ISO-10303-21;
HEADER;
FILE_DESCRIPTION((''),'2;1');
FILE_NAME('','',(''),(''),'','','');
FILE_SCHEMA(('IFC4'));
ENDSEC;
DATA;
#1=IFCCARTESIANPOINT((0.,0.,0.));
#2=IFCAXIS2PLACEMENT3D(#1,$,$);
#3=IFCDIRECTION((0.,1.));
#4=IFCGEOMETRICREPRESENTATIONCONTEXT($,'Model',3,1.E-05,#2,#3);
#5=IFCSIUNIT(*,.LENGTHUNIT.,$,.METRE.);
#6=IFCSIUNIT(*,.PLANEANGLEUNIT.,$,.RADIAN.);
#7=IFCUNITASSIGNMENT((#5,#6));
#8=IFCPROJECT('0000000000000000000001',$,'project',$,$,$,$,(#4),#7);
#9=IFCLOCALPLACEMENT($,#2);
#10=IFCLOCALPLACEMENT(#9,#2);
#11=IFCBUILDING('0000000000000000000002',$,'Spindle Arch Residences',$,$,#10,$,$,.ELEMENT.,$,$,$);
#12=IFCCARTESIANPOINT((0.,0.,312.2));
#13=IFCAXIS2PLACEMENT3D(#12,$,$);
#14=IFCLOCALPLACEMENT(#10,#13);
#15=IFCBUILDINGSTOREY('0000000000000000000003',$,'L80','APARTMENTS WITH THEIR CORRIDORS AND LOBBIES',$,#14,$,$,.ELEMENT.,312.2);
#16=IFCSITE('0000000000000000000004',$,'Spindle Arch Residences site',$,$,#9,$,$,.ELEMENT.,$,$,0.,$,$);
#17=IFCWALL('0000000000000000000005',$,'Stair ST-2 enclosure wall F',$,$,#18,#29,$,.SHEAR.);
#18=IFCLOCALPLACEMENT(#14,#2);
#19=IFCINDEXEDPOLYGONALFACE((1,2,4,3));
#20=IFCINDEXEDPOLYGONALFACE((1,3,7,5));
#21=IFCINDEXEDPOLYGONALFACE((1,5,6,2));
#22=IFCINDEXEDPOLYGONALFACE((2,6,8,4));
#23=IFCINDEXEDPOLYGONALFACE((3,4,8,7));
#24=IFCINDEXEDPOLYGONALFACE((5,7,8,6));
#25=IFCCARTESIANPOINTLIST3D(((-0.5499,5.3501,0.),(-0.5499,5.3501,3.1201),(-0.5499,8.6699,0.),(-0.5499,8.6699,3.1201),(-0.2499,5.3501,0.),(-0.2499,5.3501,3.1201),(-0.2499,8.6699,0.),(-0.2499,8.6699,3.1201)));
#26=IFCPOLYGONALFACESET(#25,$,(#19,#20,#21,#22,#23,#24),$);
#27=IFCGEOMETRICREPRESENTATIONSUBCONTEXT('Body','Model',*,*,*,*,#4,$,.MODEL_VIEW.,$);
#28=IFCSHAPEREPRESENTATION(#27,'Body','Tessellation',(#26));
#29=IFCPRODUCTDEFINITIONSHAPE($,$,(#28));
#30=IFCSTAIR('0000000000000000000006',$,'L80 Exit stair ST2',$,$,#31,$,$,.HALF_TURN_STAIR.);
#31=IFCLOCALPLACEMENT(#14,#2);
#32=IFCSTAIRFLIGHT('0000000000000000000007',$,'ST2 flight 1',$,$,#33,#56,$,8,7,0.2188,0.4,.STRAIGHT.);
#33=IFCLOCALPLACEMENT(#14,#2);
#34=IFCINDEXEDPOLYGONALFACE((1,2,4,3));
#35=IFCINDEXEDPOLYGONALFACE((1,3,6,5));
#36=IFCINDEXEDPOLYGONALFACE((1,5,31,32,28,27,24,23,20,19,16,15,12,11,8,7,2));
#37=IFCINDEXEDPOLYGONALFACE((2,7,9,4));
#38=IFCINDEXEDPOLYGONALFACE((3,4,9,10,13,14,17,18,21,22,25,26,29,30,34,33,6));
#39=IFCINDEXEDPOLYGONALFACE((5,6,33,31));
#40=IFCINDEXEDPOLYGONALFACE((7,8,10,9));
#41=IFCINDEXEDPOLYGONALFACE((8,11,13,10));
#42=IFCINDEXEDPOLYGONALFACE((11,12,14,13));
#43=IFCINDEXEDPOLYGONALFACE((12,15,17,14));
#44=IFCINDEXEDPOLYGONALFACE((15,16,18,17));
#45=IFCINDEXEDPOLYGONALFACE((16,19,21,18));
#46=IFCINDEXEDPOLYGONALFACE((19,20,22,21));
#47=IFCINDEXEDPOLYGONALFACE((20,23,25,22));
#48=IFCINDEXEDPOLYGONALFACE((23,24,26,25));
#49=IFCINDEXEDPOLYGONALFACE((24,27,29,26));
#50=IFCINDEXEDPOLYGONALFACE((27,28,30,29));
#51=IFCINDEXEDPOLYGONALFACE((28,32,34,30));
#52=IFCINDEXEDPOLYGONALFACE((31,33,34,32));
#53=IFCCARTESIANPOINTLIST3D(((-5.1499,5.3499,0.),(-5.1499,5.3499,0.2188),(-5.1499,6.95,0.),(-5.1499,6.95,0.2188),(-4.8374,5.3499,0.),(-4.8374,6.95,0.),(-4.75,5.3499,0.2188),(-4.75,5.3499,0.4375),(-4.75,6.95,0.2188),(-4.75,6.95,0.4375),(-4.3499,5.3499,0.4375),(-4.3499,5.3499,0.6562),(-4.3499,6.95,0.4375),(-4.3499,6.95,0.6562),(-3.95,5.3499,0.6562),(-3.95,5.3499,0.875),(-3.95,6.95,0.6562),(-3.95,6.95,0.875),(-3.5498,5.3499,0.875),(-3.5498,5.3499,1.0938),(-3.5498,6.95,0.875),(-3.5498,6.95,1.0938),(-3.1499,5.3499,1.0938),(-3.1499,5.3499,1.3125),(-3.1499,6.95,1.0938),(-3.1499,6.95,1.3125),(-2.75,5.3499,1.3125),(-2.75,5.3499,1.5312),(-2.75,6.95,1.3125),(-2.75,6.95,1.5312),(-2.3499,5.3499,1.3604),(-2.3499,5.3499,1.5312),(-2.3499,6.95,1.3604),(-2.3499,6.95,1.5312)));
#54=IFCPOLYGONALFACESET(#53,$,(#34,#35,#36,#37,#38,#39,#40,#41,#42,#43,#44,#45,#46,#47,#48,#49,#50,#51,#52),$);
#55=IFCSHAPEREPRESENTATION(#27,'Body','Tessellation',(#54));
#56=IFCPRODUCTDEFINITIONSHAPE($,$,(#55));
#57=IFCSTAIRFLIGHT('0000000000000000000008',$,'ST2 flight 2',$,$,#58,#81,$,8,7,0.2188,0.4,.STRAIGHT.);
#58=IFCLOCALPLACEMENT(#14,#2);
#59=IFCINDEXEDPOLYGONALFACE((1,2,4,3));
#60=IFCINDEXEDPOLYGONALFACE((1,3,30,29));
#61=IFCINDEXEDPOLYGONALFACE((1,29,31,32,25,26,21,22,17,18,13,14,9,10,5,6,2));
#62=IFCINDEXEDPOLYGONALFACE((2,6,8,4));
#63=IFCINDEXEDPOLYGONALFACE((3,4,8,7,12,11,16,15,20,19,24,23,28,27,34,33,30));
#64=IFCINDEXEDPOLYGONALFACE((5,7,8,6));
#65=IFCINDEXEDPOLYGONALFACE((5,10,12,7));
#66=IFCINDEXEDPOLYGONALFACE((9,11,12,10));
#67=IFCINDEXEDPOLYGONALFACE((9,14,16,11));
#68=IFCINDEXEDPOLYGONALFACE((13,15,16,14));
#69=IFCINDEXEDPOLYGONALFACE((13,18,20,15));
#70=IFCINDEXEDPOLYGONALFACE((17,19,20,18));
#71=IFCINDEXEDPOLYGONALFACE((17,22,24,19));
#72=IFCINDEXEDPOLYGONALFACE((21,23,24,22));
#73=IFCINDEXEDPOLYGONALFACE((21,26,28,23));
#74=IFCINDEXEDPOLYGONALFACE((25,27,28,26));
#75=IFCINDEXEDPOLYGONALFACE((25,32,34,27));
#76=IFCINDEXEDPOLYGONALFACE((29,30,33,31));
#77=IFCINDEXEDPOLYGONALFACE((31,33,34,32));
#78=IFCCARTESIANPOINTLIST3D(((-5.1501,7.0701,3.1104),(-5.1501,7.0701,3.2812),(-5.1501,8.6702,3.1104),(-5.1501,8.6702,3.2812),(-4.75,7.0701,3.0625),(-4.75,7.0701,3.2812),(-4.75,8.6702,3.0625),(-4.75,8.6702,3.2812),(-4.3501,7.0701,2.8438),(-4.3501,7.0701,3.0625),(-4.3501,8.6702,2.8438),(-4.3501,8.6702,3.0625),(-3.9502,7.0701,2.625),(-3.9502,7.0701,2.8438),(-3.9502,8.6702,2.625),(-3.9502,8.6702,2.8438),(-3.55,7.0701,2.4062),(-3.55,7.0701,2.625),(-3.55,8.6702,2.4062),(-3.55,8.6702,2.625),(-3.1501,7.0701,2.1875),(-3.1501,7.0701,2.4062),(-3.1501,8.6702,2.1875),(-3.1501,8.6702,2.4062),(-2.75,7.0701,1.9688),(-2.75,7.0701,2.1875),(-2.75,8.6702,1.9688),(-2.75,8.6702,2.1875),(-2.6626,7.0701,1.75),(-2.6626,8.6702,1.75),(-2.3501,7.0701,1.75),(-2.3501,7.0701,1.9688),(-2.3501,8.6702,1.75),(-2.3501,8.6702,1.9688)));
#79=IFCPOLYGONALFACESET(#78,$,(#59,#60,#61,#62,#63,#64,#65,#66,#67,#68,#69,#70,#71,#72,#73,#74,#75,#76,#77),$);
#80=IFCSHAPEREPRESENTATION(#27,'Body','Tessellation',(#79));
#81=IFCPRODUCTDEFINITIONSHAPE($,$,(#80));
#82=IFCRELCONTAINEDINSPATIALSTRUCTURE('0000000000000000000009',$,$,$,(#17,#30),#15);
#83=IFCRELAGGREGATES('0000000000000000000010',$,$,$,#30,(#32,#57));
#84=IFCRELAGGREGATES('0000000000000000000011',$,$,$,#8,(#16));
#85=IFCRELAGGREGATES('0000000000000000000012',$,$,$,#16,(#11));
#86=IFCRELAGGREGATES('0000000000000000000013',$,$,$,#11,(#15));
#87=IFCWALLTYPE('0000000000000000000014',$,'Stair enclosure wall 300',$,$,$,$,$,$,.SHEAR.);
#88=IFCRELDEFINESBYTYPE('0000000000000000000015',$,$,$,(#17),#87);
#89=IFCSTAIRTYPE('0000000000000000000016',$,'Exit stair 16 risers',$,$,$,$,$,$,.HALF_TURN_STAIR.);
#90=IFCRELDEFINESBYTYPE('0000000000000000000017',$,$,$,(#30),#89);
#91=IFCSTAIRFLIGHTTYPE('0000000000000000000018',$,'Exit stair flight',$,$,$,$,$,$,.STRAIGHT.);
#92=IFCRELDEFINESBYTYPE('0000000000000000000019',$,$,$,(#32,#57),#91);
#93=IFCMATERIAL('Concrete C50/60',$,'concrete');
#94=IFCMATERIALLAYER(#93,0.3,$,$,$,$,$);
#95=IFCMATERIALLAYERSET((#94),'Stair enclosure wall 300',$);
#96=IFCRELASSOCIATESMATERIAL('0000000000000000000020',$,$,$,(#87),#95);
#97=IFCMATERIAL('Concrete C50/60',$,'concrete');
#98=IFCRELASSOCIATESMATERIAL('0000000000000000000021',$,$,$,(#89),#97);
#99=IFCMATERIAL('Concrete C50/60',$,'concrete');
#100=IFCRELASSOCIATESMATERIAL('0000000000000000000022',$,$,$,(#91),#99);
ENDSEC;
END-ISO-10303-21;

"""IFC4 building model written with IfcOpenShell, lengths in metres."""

from ifc_helpers import new_model, si_unit, direction, frame, frame_2d, origin, place, context, subcontext, project, spatial, polyline, rectangle, outline, extrude, material, layer, layer_set, type_object, element, aggregate, save


model = new_model("IFC4")

# Units and contexts
model_context = context("Model", 3, precision=1e-05, world=origin(), true_north=direction((0.0, 1.0)))
body_context = subcontext(model_context, "Body", "Model", "MODEL_VIEW")
ifc_project = project(units=[si_unit("LENGTHUNIT", "METRE"), si_unit("PLANEANGLEUNIT", "RADIAN")], contexts=[model_context])

# Site, building, storey
site_placement = place(None, origin())
site = spatial("IfcSite", under=ifc_project, at=site_placement, Name="Spindle Arch Residences site", CompositionType="ELEMENT", RefElevation=0.0)
building_placement = place(site_placement, origin())
building = spatial("IfcBuilding", under=site, at=building_placement, Name="Spindle Arch Residences", CompositionType="ELEMENT")
storey_placement = place(building_placement, frame((0.0, 0.0, 312.2)))
storey = spatial("IfcBuildingStorey", under=building, at=storey_placement, Name="L80", Description="APARTMENTS WITH THEIR CORRIDORS AND LOBBIES", CompositionType="ELEMENT", Elevation=312.2)

# Wall
ifc_material_1 = material(Name="Concrete C50/60", Category="concrete")
ifc_layer_1 = layer(ifc_material_1, 0.3)
ifc_layer_set_1 = layer_set([ifc_layer_1], Name="Stair enclosure wall 300")
wall_type_1 = type_object("IfcWallType", Name="Stair enclosure wall 300", PredefinedType="SHEAR", material=ifc_layer_set_1)
wall_1_placement = place(storey_placement, frame((-0.3999, 5.3501, 0.0), z_axis=(0.0, 0.0, 1.0), x_axis=(0.0, 1.0, 0.0)))
element("IfcWall", 1, at=wall_1_placement, inside=storey, type_object=wall_type_1, Name="Stair ST-2 enclosure wall F", PredefinedType="SHEAR", context=body_context, shape_type="SweptSolid", body=[
    extrude(rectangle(XDim=3.3198, YDim=0.3, at=frame_2d((1.6599, 0.0))), origin(), (0.0, 0.0, 1.0), 3.1201),
])

# Stair, stair flights
ifc_material_2 = material(Name="Concrete C50/60", Category="concrete")
stair_type = type_object("IfcStairType", Name="Exit stair 16 risers", PredefinedType="HALF_TURN_STAIR", material=ifc_material_2)
stair_placement = place(storey_placement, origin())
stair = element("IfcStair", 2, at=stair_placement, inside=storey, type_object=stair_type, Name="L80 Exit stair ST2", PredefinedType="HALF_TURN_STAIR")
ifc_material_3 = material(Name="Concrete C50/60", Category="concrete")
stair_flight_type = type_object("IfcStairFlightType", Name="Exit stair flight", PredefinedType="STRAIGHT", material=ifc_material_3)
stair_flight_1_placement = place(storey_placement, frame((-5.1499, 6.1499, 0.0), z_axis=(0.0, 0.0, 1.0), x_axis=(1.0, 0.0, 0.0)))
stair_flight_1 = element("IfcStairFlight", 3, at=stair_flight_1_placement, type_object=stair_flight_type, Name="ST2 flight 1", NumberOfRisers=8, NumberOfTreads=7, PredefinedType="STRAIGHT", RiserHeight=0.2188, TreadLength=0.4, context=body_context, shape_type="SweptSolid", body=[
    extrude(outline(polyline([(0.0, 0.0), (0.0, 0.2188), (0.3999, 0.2188), (0.3999, 0.4375), (0.8, 0.4375), (0.8, 0.6562), (1.2, 0.6562), (1.2, 0.875), (1.6001, 0.875), (1.6001, 1.0938), (2.0, 1.0938), (2.0, 1.3125), (2.3999, 1.3125), (2.3999, 1.5312), (2.8, 1.5312), (2.8, 1.75), (2.8, 1.3604), (0.3125, 0.0), (0.0, 0.0)])), frame((0.0, 0.8, 0.0), z_axis=(0.0, -1.0, 0.0), x_axis=(1.0, 0.0, 0.0)), (0.0, 0.0, 1.0), 1.6001),
])
stair_flight_2_placement = place(storey_placement, frame((-2.3501, 7.8701, 1.75), z_axis=(0.0, 0.0, 1.0), x_axis=(-1.0, 0.0, 0.0)))
stair_flight_2 = element("IfcStairFlight", 4, at=stair_flight_2_placement, type_object=stair_flight_type, Name="ST2 flight 2", NumberOfRisers=8, NumberOfTreads=7, PredefinedType="STRAIGHT", RiserHeight=0.2188, TreadLength=0.4, context=body_context, shape_type="SweptSolid", body=[
    extrude(outline(polyline([(0.0, 0.0), (0.0, 0.2188), (0.3999, 0.2188), (0.3999, 0.4375), (0.8, 0.4375), (0.8, 0.6562), (1.2, 0.6562), (1.2, 0.875), (1.6001, 0.875), (1.6001, 1.0938), (2.0, 1.0938), (2.0, 1.3125), (2.3999, 1.3125), (2.3999, 1.5312), (2.8, 1.5312), (2.8, 1.75), (2.8, 1.3604), (0.3125, 0.0), (0.0, 0.0)])), frame((0.0, 0.8, 0.0), z_axis=(0.0, -1.0, 0.0), x_axis=(1.0, 0.0, 0.0)), (0.0, 0.0, 1.0), 1.6001),
])
aggregate(stair, [stair_flight_1, stair_flight_2])

save(model, "model.ifc")
